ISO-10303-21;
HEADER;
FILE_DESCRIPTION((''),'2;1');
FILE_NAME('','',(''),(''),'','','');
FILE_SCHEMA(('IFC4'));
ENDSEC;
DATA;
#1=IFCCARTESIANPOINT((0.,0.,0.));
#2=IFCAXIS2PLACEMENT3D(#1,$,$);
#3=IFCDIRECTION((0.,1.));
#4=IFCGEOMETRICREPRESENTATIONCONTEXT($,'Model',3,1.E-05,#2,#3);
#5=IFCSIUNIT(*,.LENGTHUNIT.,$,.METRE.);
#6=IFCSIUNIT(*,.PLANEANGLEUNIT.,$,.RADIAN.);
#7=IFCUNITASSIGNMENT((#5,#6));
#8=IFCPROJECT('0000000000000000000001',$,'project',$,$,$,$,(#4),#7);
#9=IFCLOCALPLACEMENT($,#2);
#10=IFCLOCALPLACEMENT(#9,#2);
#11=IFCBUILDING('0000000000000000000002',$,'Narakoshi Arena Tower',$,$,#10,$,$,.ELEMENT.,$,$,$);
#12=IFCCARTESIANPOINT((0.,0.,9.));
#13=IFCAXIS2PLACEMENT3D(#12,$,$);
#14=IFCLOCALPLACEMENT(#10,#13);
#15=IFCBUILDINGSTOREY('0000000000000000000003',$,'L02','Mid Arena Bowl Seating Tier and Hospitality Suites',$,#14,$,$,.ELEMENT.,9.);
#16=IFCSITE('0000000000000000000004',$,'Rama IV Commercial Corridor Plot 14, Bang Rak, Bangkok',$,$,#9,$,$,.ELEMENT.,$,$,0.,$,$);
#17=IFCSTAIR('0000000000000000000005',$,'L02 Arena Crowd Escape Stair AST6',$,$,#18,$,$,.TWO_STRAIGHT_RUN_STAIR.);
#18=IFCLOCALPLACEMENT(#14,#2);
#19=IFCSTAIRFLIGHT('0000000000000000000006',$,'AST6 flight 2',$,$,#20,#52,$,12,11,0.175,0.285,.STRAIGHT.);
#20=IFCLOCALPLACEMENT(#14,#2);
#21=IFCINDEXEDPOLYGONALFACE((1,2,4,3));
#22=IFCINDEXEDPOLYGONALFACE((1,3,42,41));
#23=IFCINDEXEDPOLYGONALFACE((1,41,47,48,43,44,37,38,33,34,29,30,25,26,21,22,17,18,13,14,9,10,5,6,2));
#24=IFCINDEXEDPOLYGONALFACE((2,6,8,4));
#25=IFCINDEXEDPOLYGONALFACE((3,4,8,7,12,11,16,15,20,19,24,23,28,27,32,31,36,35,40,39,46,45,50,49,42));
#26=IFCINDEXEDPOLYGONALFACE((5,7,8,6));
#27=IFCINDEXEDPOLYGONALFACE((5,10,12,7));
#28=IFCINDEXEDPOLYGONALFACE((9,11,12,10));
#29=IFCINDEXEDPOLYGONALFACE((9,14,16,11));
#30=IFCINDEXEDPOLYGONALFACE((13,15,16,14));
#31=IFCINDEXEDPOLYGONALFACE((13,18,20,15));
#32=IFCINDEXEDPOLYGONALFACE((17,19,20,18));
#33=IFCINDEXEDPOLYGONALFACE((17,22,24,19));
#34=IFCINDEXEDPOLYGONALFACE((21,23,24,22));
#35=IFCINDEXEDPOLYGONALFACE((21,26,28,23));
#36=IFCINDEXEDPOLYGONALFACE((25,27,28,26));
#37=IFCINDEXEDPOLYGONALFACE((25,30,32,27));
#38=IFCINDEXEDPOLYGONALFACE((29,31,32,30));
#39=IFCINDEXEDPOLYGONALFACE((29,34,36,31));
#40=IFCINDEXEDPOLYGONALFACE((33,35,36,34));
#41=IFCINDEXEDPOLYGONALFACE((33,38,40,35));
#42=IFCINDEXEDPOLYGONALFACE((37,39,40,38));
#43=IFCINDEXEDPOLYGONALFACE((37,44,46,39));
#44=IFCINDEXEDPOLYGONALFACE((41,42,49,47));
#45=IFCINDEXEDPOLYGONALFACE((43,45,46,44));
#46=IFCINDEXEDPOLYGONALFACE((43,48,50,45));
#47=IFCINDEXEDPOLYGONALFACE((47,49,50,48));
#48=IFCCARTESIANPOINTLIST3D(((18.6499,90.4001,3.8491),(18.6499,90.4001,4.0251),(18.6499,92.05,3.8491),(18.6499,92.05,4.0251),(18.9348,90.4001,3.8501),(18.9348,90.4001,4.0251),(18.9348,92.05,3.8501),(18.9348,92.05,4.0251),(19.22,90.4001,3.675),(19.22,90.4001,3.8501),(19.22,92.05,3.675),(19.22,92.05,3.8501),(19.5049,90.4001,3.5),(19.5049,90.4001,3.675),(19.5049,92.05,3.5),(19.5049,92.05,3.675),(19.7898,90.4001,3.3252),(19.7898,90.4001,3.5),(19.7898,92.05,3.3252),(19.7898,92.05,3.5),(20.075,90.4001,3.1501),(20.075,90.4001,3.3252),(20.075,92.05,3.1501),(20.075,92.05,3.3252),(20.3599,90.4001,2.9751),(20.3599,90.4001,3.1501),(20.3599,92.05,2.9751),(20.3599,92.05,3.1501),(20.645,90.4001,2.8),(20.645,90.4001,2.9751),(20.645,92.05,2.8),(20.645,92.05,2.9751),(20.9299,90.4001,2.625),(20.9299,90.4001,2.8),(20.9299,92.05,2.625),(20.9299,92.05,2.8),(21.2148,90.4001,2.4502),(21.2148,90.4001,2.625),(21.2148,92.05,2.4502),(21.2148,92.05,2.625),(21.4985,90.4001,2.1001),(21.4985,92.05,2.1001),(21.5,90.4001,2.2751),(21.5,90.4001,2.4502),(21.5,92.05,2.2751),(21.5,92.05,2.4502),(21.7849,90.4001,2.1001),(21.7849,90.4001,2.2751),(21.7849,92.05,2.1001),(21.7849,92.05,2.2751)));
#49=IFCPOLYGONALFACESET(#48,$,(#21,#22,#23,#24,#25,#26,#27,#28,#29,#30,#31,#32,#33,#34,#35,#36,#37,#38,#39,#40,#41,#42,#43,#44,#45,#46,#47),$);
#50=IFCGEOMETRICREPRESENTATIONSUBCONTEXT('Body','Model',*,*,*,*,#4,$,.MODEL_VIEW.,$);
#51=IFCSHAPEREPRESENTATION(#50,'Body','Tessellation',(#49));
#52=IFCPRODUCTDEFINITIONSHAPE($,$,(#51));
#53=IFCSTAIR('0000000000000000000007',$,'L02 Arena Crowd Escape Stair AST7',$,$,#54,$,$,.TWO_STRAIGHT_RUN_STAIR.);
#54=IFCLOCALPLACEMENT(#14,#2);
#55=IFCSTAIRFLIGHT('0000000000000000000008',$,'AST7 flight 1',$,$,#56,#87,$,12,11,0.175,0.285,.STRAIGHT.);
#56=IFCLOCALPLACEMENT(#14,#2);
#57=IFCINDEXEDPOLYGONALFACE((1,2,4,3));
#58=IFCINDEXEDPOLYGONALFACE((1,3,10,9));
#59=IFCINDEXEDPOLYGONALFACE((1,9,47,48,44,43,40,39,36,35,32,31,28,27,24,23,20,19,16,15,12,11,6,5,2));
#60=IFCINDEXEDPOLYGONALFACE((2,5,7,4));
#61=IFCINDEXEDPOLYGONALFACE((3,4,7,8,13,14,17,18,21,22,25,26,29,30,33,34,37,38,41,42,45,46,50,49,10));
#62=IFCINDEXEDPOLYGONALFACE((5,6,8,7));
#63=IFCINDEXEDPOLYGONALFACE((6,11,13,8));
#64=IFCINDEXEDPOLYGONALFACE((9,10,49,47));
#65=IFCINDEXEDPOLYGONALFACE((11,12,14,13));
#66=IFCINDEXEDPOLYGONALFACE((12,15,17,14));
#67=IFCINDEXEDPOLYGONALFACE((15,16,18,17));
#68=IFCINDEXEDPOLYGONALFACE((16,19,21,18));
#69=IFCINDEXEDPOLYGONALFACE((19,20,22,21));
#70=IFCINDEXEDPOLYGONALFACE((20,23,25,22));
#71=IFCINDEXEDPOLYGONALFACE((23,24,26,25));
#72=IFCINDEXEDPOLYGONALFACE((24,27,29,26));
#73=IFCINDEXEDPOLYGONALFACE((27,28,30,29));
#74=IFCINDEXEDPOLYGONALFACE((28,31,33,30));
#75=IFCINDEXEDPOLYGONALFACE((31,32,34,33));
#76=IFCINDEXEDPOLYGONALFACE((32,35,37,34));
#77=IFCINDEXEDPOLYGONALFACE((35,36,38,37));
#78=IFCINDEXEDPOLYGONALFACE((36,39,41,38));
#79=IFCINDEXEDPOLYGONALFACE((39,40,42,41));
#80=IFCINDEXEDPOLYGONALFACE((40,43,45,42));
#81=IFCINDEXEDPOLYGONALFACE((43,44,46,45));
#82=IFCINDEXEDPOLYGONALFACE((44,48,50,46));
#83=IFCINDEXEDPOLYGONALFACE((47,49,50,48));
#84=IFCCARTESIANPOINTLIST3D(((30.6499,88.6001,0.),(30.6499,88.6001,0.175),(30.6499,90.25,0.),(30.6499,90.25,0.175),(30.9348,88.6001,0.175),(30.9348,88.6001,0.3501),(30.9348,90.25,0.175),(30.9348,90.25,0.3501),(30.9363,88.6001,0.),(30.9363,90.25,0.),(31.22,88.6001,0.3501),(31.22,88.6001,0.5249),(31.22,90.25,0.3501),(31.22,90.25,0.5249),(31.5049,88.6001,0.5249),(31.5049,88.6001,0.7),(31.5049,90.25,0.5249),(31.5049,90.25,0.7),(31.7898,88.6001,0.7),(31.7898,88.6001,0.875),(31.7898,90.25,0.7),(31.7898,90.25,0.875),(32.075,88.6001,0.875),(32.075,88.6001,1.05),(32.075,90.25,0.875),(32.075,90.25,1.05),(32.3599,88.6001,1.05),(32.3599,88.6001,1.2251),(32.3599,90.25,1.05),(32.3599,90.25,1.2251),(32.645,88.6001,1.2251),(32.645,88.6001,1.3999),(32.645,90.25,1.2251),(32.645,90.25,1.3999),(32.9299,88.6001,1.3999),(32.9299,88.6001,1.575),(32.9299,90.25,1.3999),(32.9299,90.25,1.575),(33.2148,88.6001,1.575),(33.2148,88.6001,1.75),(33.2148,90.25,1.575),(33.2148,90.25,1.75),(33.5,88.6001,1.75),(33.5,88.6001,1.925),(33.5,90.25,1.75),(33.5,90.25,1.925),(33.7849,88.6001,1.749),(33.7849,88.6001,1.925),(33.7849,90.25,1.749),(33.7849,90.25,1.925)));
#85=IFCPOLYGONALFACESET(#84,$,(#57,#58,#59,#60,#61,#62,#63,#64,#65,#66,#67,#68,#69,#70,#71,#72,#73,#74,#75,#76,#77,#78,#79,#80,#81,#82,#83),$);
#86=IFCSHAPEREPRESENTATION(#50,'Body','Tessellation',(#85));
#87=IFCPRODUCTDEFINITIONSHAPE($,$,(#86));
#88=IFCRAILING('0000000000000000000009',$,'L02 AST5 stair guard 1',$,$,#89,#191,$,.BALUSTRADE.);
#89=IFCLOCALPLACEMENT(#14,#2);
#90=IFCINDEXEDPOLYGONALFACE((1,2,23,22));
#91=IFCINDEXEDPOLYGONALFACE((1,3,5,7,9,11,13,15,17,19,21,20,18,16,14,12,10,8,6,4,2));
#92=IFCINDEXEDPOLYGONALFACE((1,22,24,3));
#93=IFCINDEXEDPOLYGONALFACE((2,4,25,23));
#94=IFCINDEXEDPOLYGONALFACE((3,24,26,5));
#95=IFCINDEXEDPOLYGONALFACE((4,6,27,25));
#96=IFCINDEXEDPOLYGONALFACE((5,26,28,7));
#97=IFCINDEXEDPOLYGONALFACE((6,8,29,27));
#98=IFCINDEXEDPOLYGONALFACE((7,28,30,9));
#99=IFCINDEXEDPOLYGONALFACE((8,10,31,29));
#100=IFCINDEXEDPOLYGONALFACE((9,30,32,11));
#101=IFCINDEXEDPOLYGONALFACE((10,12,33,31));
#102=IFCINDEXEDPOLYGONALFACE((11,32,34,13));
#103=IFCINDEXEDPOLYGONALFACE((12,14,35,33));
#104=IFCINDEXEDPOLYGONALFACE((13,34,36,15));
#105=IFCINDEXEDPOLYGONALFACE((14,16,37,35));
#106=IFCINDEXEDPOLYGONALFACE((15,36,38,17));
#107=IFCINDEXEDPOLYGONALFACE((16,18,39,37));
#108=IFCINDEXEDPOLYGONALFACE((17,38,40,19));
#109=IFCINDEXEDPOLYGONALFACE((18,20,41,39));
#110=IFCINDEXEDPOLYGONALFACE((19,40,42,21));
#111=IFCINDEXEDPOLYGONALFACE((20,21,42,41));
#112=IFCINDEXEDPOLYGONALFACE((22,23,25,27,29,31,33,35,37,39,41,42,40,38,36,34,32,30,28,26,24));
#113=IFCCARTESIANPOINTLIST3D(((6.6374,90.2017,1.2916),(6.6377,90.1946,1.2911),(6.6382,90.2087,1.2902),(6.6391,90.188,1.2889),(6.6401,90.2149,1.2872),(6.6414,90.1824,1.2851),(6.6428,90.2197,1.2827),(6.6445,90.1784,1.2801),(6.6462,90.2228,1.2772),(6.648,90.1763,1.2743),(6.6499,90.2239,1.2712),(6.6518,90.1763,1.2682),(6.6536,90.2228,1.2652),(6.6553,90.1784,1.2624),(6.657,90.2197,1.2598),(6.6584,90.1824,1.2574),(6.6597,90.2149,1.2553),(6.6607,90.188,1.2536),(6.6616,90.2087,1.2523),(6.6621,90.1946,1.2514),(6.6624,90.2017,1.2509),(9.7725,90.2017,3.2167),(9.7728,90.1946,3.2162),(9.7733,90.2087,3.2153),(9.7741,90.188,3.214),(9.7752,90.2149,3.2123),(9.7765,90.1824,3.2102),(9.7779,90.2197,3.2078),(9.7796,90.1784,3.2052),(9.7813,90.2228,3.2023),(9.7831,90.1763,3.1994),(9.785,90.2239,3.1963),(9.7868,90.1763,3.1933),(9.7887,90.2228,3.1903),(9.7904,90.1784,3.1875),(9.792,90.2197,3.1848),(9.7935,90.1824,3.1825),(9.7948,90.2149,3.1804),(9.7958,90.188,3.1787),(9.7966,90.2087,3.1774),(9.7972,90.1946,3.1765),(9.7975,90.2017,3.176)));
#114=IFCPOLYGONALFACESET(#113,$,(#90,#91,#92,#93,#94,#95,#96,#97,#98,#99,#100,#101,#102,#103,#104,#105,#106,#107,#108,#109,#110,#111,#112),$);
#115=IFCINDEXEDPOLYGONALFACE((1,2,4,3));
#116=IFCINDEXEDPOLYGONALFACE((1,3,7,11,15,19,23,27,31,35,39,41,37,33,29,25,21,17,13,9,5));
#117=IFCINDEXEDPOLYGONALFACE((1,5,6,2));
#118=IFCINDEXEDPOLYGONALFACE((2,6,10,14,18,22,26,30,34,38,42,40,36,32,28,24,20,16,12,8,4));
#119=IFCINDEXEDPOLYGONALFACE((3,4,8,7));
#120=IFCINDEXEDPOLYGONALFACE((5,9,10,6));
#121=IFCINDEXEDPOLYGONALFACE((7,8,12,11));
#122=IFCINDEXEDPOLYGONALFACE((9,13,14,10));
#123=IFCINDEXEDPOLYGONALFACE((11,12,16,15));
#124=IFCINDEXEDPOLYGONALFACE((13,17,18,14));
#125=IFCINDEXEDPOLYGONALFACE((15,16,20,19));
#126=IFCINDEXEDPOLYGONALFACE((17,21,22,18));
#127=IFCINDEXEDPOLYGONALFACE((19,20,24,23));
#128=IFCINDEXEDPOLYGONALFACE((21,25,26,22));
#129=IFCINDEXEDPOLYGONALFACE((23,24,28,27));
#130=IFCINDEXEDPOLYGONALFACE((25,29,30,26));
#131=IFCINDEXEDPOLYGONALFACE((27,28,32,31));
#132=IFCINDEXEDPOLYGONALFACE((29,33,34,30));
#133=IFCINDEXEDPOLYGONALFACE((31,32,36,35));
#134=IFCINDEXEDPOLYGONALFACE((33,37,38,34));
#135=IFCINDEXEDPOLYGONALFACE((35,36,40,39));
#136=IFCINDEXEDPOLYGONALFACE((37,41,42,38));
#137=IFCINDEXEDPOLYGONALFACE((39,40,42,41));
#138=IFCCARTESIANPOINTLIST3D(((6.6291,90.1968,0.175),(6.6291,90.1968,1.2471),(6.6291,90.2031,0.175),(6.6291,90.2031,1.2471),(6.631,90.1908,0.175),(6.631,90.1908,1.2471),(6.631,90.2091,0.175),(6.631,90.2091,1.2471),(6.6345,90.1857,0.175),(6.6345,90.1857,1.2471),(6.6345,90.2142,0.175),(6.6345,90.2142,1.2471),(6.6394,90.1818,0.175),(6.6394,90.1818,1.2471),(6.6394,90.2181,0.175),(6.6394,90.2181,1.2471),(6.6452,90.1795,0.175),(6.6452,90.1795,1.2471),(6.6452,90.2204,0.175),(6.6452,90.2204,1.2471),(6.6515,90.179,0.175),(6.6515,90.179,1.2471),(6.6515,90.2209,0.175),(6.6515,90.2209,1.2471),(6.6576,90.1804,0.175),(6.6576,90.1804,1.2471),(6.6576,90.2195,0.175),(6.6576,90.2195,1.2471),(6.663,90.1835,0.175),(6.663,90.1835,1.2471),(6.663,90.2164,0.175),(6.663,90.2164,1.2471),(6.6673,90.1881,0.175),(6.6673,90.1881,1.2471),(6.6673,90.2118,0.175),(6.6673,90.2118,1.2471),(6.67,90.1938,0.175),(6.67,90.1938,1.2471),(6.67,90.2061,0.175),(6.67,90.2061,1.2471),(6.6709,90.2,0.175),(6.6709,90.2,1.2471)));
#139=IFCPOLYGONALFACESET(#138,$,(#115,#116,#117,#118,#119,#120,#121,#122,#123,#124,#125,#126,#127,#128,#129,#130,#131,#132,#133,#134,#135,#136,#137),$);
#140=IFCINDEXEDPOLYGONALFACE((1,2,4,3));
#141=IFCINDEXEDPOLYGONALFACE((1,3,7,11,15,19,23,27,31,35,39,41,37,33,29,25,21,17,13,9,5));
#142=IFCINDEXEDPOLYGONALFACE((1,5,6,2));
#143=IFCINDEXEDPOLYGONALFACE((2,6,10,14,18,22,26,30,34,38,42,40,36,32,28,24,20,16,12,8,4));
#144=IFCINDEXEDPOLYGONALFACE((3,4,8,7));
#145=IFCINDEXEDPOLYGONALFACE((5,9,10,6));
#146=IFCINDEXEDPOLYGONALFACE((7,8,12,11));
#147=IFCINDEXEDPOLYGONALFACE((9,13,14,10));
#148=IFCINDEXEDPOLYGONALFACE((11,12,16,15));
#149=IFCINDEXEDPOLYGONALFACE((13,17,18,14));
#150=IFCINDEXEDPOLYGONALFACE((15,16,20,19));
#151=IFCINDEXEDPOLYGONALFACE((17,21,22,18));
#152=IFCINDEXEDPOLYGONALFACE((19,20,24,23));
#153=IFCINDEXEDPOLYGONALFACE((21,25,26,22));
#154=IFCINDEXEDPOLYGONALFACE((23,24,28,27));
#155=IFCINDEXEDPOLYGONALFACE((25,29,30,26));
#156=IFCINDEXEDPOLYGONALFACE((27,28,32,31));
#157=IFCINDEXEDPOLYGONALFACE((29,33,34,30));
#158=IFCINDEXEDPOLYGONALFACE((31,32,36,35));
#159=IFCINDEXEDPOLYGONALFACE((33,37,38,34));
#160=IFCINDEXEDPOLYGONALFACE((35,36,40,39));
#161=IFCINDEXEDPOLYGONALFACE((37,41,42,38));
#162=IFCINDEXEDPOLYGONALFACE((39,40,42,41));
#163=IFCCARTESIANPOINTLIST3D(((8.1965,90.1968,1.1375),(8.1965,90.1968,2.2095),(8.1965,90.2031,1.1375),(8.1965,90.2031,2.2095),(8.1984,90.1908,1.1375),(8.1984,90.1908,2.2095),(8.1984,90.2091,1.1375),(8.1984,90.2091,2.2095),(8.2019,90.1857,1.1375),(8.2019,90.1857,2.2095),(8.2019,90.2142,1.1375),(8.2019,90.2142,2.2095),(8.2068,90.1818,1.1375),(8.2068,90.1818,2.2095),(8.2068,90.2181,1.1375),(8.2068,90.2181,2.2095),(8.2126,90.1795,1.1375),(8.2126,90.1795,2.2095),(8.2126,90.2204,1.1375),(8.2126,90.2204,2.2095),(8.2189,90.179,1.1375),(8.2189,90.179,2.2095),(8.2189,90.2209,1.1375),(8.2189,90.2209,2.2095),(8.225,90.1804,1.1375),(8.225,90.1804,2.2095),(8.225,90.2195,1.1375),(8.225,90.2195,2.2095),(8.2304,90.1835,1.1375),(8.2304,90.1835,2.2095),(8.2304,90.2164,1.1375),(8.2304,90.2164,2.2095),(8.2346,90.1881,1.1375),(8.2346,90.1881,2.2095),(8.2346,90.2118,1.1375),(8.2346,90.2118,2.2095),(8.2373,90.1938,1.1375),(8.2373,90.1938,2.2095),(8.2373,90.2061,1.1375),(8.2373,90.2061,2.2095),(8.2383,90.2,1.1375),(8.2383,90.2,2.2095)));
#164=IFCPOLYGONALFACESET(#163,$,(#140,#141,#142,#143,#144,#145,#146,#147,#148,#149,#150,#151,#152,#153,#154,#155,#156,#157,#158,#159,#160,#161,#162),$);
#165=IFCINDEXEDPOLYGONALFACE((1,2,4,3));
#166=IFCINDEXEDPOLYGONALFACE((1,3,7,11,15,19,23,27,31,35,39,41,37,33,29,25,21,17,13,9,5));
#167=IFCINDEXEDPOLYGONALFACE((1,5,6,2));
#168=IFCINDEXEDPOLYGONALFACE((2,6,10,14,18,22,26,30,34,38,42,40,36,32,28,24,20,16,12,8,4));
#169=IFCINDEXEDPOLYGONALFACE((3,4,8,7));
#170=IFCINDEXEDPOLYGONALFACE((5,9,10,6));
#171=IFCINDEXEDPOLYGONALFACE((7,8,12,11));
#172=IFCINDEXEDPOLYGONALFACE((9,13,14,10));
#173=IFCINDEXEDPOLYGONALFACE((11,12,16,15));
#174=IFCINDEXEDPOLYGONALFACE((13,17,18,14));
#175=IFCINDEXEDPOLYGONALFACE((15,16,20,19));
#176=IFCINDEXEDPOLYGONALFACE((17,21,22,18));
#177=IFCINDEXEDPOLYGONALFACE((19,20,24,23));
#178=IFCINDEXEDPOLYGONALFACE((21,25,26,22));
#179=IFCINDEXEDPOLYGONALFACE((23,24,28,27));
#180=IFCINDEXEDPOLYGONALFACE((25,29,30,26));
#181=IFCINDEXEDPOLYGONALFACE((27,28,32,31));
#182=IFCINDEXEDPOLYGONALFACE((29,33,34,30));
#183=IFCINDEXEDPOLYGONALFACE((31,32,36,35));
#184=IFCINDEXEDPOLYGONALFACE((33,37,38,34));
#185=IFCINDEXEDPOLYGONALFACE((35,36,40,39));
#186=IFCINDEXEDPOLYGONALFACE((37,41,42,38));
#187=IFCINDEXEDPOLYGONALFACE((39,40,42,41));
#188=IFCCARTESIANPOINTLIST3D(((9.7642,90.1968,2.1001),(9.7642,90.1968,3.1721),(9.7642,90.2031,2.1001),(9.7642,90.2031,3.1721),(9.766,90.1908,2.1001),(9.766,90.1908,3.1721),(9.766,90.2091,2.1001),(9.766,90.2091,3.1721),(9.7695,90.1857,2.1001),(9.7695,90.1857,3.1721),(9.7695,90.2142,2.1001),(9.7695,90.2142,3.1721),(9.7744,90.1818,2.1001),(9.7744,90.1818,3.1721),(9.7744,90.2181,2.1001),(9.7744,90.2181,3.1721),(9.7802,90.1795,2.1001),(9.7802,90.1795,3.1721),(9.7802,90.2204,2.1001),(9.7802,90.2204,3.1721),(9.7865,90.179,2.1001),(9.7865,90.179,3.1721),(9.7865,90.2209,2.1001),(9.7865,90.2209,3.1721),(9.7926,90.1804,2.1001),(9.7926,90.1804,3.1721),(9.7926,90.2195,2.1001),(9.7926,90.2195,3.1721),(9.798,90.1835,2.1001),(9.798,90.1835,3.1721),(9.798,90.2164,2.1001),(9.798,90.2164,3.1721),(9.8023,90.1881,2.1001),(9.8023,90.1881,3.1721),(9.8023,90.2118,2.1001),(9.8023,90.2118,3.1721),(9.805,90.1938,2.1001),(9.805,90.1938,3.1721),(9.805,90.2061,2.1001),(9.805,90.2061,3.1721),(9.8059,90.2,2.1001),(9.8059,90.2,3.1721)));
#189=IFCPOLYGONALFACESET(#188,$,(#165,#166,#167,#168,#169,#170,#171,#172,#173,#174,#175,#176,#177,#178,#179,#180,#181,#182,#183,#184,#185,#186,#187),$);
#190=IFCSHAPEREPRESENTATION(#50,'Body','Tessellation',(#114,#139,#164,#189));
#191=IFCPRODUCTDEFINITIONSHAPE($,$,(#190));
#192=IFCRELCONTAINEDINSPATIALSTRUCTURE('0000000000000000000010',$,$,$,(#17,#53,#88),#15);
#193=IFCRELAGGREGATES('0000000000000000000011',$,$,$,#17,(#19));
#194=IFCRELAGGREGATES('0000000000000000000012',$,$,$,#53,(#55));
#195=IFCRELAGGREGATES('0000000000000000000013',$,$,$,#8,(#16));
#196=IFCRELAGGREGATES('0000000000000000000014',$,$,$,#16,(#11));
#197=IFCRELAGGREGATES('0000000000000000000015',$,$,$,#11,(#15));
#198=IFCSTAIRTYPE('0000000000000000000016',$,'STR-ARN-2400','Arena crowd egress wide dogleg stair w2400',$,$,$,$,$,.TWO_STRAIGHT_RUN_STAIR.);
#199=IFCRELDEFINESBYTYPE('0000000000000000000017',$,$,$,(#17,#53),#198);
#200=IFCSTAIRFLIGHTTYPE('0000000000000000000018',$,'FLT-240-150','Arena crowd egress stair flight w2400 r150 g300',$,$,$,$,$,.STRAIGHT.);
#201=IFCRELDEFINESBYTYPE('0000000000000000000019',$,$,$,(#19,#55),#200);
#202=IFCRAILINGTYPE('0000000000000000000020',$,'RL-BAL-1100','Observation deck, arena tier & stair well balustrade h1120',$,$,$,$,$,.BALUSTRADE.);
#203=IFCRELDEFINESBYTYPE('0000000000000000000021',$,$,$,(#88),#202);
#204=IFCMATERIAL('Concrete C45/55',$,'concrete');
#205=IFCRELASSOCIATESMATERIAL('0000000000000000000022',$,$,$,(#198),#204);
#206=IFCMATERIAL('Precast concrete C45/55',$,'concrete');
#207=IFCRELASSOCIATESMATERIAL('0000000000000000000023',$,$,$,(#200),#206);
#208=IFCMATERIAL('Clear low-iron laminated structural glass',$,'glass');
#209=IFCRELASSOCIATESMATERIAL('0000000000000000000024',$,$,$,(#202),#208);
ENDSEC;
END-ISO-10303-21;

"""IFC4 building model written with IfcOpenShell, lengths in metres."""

from ifc_helpers import new_model, si_unit, direction, frame, origin, origin_2d, place, context, subcontext, project, spatial, polyline, circle, outline, extrude, material, type_object, element, aggregate, save


model = new_model("IFC4")

# Units and contexts
model_context = context("Model", 3, precision=1e-05, world=origin(), true_north=direction((0.0, 1.0)))
body_context = subcontext(model_context, "Body", "Model", "MODEL_VIEW")
ifc_project = project(units=[si_unit("LENGTHUNIT", "METRE"), si_unit("PLANEANGLEUNIT", "RADIAN")], contexts=[model_context])

# Site, building, storey
site_placement = place(None, origin())
site = spatial("IfcSite", under=ifc_project, at=site_placement, Name="Rama IV Commercial Corridor Plot 14, Bang Rak, Bangkok", CompositionType="ELEMENT", RefElevation=0.0)
building_placement = place(site_placement, origin())
building = spatial("IfcBuilding", under=site, at=building_placement, Name="Narakoshi Arena Tower", CompositionType="ELEMENT")
storey_placement = place(building_placement, frame((0.0, 0.0, 9.0)))
storey = spatial("IfcBuildingStorey", under=building, at=storey_placement, Name="L02", Description="Mid Arena Bowl Seating Tier and Hospitality Suites", CompositionType="ELEMENT", Elevation=9.0)

# Shared definitions
ifc_material_1 = material(Name="Precast concrete C45/55", Category="concrete")

# Stair, stair flight
ifc_material_2 = material(Name="Concrete C45/55", Category="concrete")
stair_type = type_object("IfcStairType", Name="STR-ARN-2400", Description="Arena crowd egress wide dogleg stair w2400", PredefinedType="TWO_STRAIGHT_RUN_STAIR", material=ifc_material_2)
stair_flight_type = type_object("IfcStairFlightType", Name="FLT-240-150", Description="Arena crowd egress stair flight w2400 r150 g300", PredefinedType="STRAIGHT", material=ifc_material_1)
stair_1_placement = place(storey_placement, origin())
stair_1 = element("IfcStair", 1, at=stair_1_placement, inside=storey, type_object=stair_type, Name="L02 Arena Crowd Escape Stair AST6", PredefinedType="TWO_STRAIGHT_RUN_STAIR")
stair_flight_1_placement = place(storey_placement, frame((21.7849, 91.2251, 2.1001), z_axis=(0.0, 0.0, 1.0), x_axis=(-1.0, 0.0, 0.0)))
stair_flight_1 = element("IfcStairFlight", 2, at=stair_flight_1_placement, type_object=stair_flight_type, Name="AST6 flight 2", NumberOfRisers=12, NumberOfTreads=11, PredefinedType="STRAIGHT", RiserHeight=0.175, TreadLength=0.285, context=body_context, shape_type="SweptSolid", body=[
    extrude(outline(polyline([(0.0, 0.0), (0.0, 0.175), (0.2849, 0.175), (0.2849, 0.3501), (0.5701, 0.3501), (0.5701, 0.5249), (0.855, 0.5249), (0.855, 0.7), (1.1399, 0.7), (1.1399, 0.875), (1.425, 0.875), (1.425, 1.05), (1.71, 1.05), (1.71, 1.2251), (1.9951, 1.2251), (1.9951, 1.3999), (2.28, 1.3999), (2.28, 1.575), (2.5649, 1.575), (2.5649, 1.75), (2.8501, 1.75), (2.8501, 1.925), (3.135, 1.925), (3.135, 2.1001), (3.135, 1.749), (0.2864, 0.0), (0.0, 0.0)])), frame((0.0, 0.825, 0.0), z_axis=(0.0, -1.0, 0.0), x_axis=(1.0, 0.0, 0.0)), (0.0, 0.0, 1.0), 1.6499),
])
aggregate(stair_1, [stair_flight_1])

# Stair, stair flight
stair_2_placement = place(storey_placement, origin())
stair_2 = element("IfcStair", 3, at=stair_2_placement, inside=storey, type_object=stair_type, Name="L02 Arena Crowd Escape Stair AST7", PredefinedType="TWO_STRAIGHT_RUN_STAIR")
stair_flight_2_placement = place(storey_placement, frame((30.6499, 89.425, 0.0), z_axis=(0.0, 0.0, 1.0), x_axis=(1.0, 0.0, 0.0)))
stair_flight_2 = element("IfcStairFlight", 4, at=stair_flight_2_placement, type_object=stair_flight_type, Name="AST7 flight 1", NumberOfRisers=12, NumberOfTreads=11, PredefinedType="STRAIGHT", RiserHeight=0.175, TreadLength=0.285, context=body_context, shape_type="SweptSolid", body=[
    extrude(outline(polyline([(0.0, 0.0), (0.0, 0.175), (0.2849, 0.175), (0.2849, 0.3501), (0.5701, 0.3501), (0.5701, 0.5249), (0.855, 0.5249), (0.855, 0.7), (1.1399, 0.7), (1.1399, 0.875), (1.425, 0.875), (1.425, 1.05), (1.71, 1.05), (1.71, 1.2251), (1.9951, 1.2251), (1.9951, 1.3999), (2.28, 1.3999), (2.28, 1.575), (2.5649, 1.575), (2.5649, 1.75), (2.8501, 1.75), (2.8501, 1.925), (3.135, 1.925), (3.135, 2.1001), (3.135, 1.749), (0.2864, 0.0), (0.0, 0.0)])), frame((0.0, 0.825, 0.0), z_axis=(0.0, -1.0, 0.0), x_axis=(1.0, 0.0, 0.0)), (0.0, 0.0, 1.0), 1.6499),
])
aggregate(stair_2, [stair_flight_2])

# Railing
ifc_material_3 = material(Name="Clear low-iron laminated structural glass", Category="glass")
railing_type_1 = type_object("IfcRailingType", Name="RL-BAL-1100", Description="Observation deck, arena tier & stair well balustrade h1120", PredefinedType="BALUSTRADE", material=ifc_material_3)
railing_1_placement = place(storey_placement, frame((6.6499, 90.2, 0.175)))
element("IfcRailing", 5, at=railing_1_placement, inside=storey, type_object=railing_type_1, Name="L02 AST5 stair guard 1", PredefinedType="BALUSTRADE", context=body_context, shape_type="SweptSolid", body=[
    extrude(circle(Radius=0.0239, at=origin_2d()), frame((0.0, 0.0, 1.0962), z_axis=(0.852166, 0.0, 0.523271), x_axis=(0.0, 1.0, 0.0)), (0.0, 0.0, 1.0), 3.679),
    extrude(circle(Radius=0.021, at=origin_2d()), origin(), (0.0, 0.0, 1.0), 1.072),
    extrude(circle(Radius=0.021, at=origin_2d()), frame((1.5674, 0.0, 0.9624)), (0.0, 0.0, 1.0), 1.072),
    extrude(circle(Radius=0.021, at=origin_2d()), frame((3.135, 0.0, 1.925)), (0.0, 0.0, 1.0), 1.072),
])

save(model, "model.ifc")
